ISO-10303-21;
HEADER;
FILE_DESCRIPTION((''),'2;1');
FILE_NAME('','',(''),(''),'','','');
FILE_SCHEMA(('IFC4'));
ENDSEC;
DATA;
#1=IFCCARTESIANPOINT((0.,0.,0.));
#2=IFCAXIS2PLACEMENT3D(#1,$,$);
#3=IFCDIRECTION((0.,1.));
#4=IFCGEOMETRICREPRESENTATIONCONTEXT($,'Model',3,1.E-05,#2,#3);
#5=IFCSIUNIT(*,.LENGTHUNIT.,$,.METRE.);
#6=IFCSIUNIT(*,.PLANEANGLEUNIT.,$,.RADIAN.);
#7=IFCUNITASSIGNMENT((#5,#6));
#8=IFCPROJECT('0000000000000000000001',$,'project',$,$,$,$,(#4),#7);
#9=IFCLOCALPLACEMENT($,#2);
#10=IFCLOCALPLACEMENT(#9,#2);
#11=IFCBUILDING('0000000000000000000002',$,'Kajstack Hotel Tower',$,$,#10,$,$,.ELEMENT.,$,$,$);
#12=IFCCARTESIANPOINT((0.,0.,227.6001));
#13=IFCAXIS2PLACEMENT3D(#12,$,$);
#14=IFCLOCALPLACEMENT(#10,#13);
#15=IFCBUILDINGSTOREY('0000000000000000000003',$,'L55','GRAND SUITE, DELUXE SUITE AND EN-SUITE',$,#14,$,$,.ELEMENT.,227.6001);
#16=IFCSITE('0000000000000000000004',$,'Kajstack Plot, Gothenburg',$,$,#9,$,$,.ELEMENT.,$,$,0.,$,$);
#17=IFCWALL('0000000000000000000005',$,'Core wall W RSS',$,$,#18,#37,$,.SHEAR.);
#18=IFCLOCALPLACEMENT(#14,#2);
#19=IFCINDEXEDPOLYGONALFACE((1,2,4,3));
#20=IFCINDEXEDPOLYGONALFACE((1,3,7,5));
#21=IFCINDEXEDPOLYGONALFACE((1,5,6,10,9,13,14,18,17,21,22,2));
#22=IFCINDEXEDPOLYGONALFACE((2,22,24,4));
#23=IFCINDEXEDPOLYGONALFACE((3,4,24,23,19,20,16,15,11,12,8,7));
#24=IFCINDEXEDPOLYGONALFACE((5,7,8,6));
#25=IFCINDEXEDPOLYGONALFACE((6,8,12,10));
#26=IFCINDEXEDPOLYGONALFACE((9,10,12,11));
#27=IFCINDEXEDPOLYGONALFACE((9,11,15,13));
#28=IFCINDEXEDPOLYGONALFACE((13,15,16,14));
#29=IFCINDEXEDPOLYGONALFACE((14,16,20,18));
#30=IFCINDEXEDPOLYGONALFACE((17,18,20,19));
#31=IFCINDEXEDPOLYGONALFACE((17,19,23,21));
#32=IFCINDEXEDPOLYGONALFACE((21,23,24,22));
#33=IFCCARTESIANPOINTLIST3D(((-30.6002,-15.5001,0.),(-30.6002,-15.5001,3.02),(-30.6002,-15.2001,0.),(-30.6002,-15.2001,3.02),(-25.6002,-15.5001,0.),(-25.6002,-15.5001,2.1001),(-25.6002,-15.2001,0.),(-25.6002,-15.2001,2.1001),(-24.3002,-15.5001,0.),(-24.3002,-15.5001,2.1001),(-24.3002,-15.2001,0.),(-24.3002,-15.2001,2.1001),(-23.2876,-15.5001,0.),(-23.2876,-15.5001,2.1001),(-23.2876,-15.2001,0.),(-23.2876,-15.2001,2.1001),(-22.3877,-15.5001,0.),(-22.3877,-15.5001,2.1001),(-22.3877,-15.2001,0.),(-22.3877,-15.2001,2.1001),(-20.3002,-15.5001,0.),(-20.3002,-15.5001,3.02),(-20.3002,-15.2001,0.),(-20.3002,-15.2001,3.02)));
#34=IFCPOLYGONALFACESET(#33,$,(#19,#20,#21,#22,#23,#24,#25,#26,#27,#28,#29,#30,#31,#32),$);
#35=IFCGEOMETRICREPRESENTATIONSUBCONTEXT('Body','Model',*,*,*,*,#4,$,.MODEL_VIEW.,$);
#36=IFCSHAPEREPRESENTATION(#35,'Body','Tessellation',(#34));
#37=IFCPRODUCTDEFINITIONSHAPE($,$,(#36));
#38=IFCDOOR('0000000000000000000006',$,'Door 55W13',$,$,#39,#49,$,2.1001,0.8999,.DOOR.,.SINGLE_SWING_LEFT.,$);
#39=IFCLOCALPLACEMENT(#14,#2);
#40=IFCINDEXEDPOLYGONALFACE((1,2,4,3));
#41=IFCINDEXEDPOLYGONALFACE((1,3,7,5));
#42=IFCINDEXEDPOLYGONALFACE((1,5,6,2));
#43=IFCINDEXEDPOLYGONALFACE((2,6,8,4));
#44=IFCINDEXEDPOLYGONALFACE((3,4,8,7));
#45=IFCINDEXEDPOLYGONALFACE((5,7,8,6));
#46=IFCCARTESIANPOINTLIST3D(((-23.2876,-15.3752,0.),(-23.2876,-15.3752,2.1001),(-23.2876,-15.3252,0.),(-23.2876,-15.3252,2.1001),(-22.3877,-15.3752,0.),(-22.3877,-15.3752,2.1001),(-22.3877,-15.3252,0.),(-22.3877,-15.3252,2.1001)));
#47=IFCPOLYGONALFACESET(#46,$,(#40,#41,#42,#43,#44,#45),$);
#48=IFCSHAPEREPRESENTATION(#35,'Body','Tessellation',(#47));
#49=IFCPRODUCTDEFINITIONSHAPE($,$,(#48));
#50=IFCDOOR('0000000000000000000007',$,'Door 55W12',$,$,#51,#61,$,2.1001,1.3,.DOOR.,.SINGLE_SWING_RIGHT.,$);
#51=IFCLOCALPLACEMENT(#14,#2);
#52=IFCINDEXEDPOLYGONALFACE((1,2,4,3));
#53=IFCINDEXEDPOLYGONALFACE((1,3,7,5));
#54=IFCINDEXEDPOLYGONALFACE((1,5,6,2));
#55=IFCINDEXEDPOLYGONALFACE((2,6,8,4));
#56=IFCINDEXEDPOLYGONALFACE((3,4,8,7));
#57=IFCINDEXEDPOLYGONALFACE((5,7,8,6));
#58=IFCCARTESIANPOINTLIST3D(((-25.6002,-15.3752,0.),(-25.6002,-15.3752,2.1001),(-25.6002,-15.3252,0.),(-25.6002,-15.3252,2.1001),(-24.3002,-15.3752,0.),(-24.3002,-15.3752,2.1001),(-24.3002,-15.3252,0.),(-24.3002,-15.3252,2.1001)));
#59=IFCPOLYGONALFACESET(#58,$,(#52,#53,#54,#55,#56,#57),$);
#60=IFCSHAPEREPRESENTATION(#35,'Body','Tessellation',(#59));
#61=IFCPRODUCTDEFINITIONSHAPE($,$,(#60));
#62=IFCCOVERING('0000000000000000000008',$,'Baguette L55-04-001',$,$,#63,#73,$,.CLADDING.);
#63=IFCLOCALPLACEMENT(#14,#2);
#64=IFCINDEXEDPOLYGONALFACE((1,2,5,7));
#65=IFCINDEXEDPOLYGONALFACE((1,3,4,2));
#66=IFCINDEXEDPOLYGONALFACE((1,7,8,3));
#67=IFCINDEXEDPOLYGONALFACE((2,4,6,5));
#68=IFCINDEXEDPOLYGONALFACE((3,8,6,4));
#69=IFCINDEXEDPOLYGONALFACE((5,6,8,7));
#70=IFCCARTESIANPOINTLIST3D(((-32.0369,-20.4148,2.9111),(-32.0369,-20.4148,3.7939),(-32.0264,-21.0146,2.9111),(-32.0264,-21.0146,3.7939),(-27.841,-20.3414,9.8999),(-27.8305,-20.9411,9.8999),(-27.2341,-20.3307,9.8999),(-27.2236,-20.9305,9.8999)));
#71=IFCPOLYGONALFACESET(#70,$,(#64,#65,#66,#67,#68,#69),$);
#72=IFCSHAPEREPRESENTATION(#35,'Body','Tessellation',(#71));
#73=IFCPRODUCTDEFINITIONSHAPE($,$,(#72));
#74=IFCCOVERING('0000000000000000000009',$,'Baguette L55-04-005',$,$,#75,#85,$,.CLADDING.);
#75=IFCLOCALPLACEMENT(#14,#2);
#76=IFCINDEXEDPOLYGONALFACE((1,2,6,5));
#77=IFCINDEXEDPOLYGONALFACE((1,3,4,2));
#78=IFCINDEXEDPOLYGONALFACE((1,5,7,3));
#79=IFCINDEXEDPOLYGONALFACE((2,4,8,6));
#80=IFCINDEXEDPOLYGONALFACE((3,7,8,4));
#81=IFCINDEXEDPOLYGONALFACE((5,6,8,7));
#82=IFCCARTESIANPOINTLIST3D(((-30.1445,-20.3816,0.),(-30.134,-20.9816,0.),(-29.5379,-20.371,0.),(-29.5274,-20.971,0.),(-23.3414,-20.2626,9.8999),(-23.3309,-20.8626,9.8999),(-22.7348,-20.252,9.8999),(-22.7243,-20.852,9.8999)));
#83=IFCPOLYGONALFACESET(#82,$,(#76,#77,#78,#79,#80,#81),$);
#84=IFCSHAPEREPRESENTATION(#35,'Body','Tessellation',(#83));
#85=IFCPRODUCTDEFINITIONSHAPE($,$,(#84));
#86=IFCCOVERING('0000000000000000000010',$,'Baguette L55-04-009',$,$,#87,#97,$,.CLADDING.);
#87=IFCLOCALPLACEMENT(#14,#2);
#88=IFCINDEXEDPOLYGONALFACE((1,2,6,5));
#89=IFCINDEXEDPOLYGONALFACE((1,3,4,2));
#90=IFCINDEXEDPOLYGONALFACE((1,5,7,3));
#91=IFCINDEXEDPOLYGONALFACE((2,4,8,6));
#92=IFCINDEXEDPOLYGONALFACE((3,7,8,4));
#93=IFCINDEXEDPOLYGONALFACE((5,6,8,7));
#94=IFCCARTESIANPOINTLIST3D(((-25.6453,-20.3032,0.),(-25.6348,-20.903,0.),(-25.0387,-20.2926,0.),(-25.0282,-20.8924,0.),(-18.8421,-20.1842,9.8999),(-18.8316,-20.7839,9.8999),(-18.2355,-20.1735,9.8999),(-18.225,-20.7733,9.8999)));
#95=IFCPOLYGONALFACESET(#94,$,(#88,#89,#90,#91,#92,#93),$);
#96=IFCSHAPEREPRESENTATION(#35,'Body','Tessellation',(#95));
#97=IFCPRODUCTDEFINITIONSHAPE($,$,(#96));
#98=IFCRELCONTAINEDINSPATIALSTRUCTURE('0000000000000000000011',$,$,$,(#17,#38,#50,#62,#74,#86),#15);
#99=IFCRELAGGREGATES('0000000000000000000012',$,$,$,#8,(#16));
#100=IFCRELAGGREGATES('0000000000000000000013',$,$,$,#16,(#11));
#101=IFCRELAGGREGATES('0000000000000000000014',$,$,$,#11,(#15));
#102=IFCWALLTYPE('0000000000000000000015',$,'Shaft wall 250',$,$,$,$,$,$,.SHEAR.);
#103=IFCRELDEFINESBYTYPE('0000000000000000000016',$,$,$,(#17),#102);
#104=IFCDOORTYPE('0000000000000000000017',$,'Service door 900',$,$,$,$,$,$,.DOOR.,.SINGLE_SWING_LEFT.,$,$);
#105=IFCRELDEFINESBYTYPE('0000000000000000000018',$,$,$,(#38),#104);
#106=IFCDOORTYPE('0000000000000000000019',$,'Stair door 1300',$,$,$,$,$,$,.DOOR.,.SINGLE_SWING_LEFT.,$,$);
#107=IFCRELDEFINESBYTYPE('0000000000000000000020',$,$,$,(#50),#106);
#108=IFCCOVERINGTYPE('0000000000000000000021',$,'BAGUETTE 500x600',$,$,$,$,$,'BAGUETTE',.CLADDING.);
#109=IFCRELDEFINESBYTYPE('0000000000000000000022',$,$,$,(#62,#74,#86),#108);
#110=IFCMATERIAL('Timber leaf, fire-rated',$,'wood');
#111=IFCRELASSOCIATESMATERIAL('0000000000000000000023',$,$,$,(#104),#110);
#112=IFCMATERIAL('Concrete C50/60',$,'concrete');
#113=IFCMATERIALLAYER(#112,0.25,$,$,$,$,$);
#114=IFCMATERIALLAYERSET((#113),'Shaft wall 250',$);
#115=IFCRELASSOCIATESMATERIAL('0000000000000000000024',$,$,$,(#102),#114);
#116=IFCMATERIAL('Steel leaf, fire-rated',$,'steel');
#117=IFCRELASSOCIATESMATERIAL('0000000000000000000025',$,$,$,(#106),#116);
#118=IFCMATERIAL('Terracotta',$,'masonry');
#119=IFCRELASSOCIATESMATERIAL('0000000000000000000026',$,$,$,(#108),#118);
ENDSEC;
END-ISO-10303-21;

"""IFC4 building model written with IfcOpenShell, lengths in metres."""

from ifc_helpers import new_model, si_unit, direction, frame, frame_2d, origin, origin_2d, place, context, subcontext, project, spatial, polyline, rectangle, outline, extrude, material, layer, layer_set, material_profile, profile_set, type_object, element, fill, save


model = new_model("IFC4")

# Units and contexts
model_context = context("Model", 3, precision=1e-05, world=origin(), true_north=direction((0.0, 1.0)))
body_context = subcontext(model_context, "Body", "Model", "MODEL_VIEW")
ifc_project = project(units=[si_unit("LENGTHUNIT", "METRE"), si_unit("PLANEANGLEUNIT", "RADIAN")], contexts=[model_context])

# Site, building, storey
site_placement = place(None, origin())
site = spatial("IfcSite", under=ifc_project, at=site_placement, Name="Kajstack Plot, Gothenburg", CompositionType="ELEMENT", RefElevation=0.0)
building_placement = place(site_placement, origin())
building = spatial("IfcBuilding", under=site, at=building_placement, Name="Kajstack Hotel Tower", CompositionType="ELEMENT")
storey_placement = place(building_placement, frame((0.0, 0.0, 227.6001)))
storey = spatial("IfcBuildingStorey", under=building, at=storey_placement, Name="L55", Description="GRAND SUITE, DELUXE SUITE AND EN-SUITE", CompositionType="ELEMENT", Elevation=227.6001)

# Shared definitions
ifc_material_1 = material(Name="Timber leaf, fire-rated", Category="wood")
door_type_1 = type_object("IfcDoorType", Name="Service door 900", OperationType="SINGLE_SWING_LEFT", PredefinedType="DOOR", material=ifc_material_1)

# Wall, openings, doors
ifc_material_2 = material(Name="Concrete C50/60", Category="concrete")
ifc_layer_1 = layer(ifc_material_2, 0.25)
ifc_layer_set_1 = layer_set([ifc_layer_1], Name="Shaft wall 250")
wall_type_1 = type_object("IfcWallType", Name="Shaft wall 250", PredefinedType="SHEAR", material=ifc_layer_set_1)
wall_1_placement = place(storey_placement, frame((-30.6001, -15.3501, 0.0), z_axis=(0.0, 0.0, 1.0), x_axis=(1.0, 0.0, 0.0)))
wall_1 = element("IfcWall", 1, at=wall_1_placement, inside=storey, type_object=wall_type_1, Name="Core wall W RSS", PredefinedType="SHEAR", context=body_context, shape_type="SweptSolid", body=[
    extrude(rectangle(XDim=10.3, YDim=0.3, at=frame_2d((5.1499, 0.0))), origin(), (0.0, 0.0, 1.0), 3.02),
])
opening_1_placement = place(wall_1_placement, frame((5.0, 0.0, 0.0)))
opening_1 = element("IfcOpeningElement", 2, at=opening_1_placement, cuts=wall_1, PredefinedType="OPENING", context=body_context, shape_type="SweptSolid", body=[
    extrude(rectangle(XDim=1.3, YDim=2.1001, at=frame_2d((0.6499, 1.05))), frame((0.0, 0.1599, 0.0), z_axis=(0.0, -1.0, 0.0), x_axis=(1.0, 0.0, 0.0)), (0.0, 0.0, 1.0), 0.3201),
])
opening_2_placement = place(wall_1_placement, frame((7.3125, 0.0, 0.0)))
opening_2 = element("IfcOpeningElement", 3, at=opening_2_placement, cuts=wall_1, PredefinedType="OPENING", context=body_context, shape_type="SweptSolid", body=[
    extrude(rectangle(XDim=0.8999, YDim=2.1001, at=frame_2d((0.45, 1.05))), frame((0.0, 0.1599, 0.0), z_axis=(0.0, -1.0, 0.0), x_axis=(1.0, 0.0, 0.0)), (0.0, 0.0, 1.0), 0.3201),
])
door_1_placement = place(opening_2_placement, origin())
door_1 = element("IfcDoor", 4, at=door_1_placement, inside=storey, type_object=door_type_1, Name="Door 55W13", OperationType="SINGLE_SWING_LEFT", OverallHeight=2.1001, OverallWidth=0.8999, PredefinedType="DOOR", context=body_context, shape_type="SweptSolid", body=[
    extrude(rectangle(XDim=0.8999, YDim=2.1001, at=frame_2d((0.45, 1.05))), frame((0.0, 0.0249, 0.0), z_axis=(0.0, -1.0, 0.0), x_axis=(1.0, 0.0, 0.0)), (0.0, 0.0, 1.0), 0.05),
])
fill(opening_2, door_1)
ifc_material_3 = material(Name="Steel leaf, fire-rated", Category="steel")
door_type_2 = type_object("IfcDoorType", Name="Stair door 1300", OperationType="SINGLE_SWING_LEFT", PredefinedType="DOOR", material=ifc_material_3)
door_2_placement = place(opening_1_placement, origin())
door_2 = element("IfcDoor", 5, at=door_2_placement, inside=storey, type_object=door_type_2, Name="Door 55W12", OperationType="SINGLE_SWING_RIGHT", OverallHeight=2.1001, OverallWidth=1.3, PredefinedType="DOOR", context=body_context, shape_type="SweptSolid", body=[
    extrude(rectangle(XDim=1.3, YDim=2.1001, at=frame_2d((0.6499, 1.05))), frame((0.0, 0.0249, 0.0), z_axis=(0.0, -1.0, 0.0), x_axis=(1.0, 0.0, 0.0)), (0.0, 0.0, 1.0), 0.05),
])
fill(opening_1, door_2)

# Coverings
ifc_material_4 = material(Name="Terracotta", Category="masonry")
ifc_material_profile = material_profile(ifc_material_4, rectangle(XDim=0.6001, YDim=0.5, at=origin_2d()), Name="Terracotta-clad concrete baguette 500 x 600")
ifc_profile_set = profile_set([ifc_material_profile], Name="Terracotta")
covering_type = type_object("IfcCoveringType", Name="BAGUETTE 500x600", ElementType="BAGUETTE", PredefinedType="CLADDING", material=ifc_profile_set)
covering_1_placement = place(storey_placement, frame((-32.0369, -20.4148, 0.0), z_axis=(0.017498, -0.999847, 0.0), x_axis=(0.999847, 0.017498, 0.0)))
element("IfcCovering", 6, at=covering_1_placement, inside=storey, type_object=covering_type, Name="Baguette L55-04-001", PredefinedType="CLADDING", context=body_context, shape_type="SweptSolid", body=[
    extrude(outline(polyline([(4.1965, 9.8999), (0.0, 3.7939), (0.0, 2.9111), (4.8035, 9.8999), (4.1965, 9.8999)])), origin(), (0.0, 0.0, 1.0), 0.5999),
])
covering_2_placement = place(storey_placement, frame((-30.1445, -20.3816, 0.0), z_axis=(0.017491, -0.999847, 0.0), x_axis=(0.999847, 0.017491, 0.0)))
element("IfcCovering", 7, at=covering_2_placement, inside=storey, type_object=covering_type, Name="Baguette L55-04-005", PredefinedType="CLADDING", context=body_context, shape_type="SweptSolid", body=[
    extrude(outline(polyline([(6.8042, 9.8999), (0.0, 0.0), (0.6067, 0.0), (7.4109, 9.8999), (6.8042, 9.8999)])), origin(), (0.0, 0.0, 1.0), 0.6001),
])
covering_3_placement = place(storey_placement, frame((-25.6453, -20.3032, 0.0), z_axis=(0.017498, -0.999847, 0.0), x_axis=(0.999847, 0.017498, 0.0)))
element("IfcCovering", 8, at=covering_3_placement, inside=storey, type_object=covering_type, Name="Baguette L55-04-009", PredefinedType="CLADDING", context=body_context, shape_type="SweptSolid", body=[
    extrude(outline(polyline([(6.8042, 9.8999), (0.0, 0.0), (0.6067, 0.0), (7.4109, 9.8999), (6.8042, 9.8999)])), origin(), (0.0, 0.0, 1.0), 0.5999),
])

save(model, "model.ifc")
